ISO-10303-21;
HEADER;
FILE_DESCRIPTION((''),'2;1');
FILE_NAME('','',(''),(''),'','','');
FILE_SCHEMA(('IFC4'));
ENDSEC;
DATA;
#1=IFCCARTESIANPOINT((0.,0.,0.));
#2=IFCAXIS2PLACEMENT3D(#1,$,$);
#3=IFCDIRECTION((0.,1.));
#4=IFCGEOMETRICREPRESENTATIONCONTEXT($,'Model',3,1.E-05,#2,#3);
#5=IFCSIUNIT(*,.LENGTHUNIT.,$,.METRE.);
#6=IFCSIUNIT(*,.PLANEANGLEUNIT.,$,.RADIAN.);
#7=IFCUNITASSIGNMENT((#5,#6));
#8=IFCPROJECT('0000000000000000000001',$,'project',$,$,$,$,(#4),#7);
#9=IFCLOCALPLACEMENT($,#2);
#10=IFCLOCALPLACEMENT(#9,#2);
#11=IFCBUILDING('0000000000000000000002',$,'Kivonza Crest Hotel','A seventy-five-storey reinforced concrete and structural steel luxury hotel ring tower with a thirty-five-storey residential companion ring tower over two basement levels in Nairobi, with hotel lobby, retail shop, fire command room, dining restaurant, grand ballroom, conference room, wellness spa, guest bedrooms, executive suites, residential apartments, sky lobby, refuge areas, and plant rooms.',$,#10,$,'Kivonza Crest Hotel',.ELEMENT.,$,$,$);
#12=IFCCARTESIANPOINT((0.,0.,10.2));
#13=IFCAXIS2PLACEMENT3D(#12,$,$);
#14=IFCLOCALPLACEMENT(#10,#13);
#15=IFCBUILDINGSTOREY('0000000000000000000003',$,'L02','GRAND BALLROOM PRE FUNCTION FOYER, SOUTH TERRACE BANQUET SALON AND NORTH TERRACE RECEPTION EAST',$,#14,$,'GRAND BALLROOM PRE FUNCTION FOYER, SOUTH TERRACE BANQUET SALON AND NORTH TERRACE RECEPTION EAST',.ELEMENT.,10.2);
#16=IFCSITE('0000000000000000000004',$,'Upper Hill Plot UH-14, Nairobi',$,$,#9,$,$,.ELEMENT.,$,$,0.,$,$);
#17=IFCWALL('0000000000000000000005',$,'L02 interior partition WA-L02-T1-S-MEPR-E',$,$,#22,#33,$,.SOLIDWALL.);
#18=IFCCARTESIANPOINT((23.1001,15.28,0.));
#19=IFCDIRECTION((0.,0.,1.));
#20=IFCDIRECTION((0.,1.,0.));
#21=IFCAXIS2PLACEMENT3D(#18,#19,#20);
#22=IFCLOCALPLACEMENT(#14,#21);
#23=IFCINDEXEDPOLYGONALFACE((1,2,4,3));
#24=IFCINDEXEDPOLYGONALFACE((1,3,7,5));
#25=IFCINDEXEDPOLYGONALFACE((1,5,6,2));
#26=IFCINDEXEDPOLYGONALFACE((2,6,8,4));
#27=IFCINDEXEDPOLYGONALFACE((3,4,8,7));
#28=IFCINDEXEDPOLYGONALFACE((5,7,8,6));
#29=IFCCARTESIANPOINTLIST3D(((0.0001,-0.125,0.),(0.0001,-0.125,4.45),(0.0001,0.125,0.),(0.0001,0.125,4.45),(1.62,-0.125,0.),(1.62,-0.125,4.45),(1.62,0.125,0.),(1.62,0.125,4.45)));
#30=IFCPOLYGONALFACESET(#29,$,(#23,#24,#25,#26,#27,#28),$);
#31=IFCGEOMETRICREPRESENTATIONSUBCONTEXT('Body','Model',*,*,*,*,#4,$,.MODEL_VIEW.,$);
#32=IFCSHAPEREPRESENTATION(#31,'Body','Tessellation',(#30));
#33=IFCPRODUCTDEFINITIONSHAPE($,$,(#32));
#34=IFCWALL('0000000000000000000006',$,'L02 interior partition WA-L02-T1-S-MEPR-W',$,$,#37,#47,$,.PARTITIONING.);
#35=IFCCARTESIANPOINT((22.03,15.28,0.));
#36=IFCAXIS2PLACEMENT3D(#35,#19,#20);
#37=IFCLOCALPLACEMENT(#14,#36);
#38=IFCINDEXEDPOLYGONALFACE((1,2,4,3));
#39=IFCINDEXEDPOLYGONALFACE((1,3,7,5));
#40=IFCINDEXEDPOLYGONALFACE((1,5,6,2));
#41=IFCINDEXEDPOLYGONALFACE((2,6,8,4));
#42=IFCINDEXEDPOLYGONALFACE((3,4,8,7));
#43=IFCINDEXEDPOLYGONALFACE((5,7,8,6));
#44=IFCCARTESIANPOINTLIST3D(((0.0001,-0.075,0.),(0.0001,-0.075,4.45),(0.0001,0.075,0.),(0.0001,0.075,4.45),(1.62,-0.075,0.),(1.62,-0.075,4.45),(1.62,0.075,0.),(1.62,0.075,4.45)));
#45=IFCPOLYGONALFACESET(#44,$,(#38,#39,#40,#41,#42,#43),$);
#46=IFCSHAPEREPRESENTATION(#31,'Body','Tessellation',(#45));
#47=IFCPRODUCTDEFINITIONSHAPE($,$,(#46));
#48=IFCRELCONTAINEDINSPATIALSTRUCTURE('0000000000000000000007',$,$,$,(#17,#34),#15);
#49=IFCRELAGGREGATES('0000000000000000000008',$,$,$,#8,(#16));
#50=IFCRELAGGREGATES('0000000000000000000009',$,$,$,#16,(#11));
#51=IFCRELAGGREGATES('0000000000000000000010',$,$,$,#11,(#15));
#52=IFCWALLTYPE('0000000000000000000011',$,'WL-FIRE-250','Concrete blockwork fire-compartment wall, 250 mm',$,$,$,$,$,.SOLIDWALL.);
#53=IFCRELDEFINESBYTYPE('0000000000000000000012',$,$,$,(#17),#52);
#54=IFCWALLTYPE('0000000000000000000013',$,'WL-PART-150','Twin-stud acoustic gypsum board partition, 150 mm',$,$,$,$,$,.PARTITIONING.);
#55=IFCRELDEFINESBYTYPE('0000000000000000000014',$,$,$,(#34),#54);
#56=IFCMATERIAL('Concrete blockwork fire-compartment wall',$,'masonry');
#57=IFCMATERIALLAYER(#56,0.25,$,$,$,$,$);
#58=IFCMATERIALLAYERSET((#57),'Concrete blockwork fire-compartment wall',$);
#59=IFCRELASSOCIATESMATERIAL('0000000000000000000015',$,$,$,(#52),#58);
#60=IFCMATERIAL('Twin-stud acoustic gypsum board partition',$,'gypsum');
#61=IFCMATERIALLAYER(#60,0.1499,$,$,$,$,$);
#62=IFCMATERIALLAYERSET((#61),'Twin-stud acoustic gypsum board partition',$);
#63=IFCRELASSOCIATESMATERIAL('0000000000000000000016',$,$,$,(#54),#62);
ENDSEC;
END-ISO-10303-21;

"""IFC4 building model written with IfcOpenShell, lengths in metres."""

from ifc_helpers import new_model, si_unit, direction, frame, frame_2d, origin, place, context, subcontext, project, spatial, rectangle, extrude, material, layer, layer_set, type_object, element, save


model = new_model("IFC4")

# Units and contexts
model_context = context("Model", 3, precision=1e-05, world=origin(), true_north=direction((0.0, 1.0)))
body_context = subcontext(model_context, "Body", "Model", "MODEL_VIEW")
ifc_project = project(units=[si_unit("LENGTHUNIT", "METRE"), si_unit("PLANEANGLEUNIT", "RADIAN")], contexts=[model_context])

# Site, building, storey
site_placement = place(None, origin())
site = spatial("IfcSite", under=ifc_project, at=site_placement, Name="Upper Hill Plot UH-14, Nairobi", CompositionType="ELEMENT", RefElevation=0.0)
building_placement = place(site_placement, origin())
building = spatial("IfcBuilding", under=site, at=building_placement, Name="Kivonza Crest Hotel", Description="A seventy-five-storey reinforced concrete and structural steel luxury hotel ring tower with a thirty-five-storey residential companion ring tower over two basement levels in Nairobi, with hotel lobby, retail shop, fire command room, dining restaurant, grand ballroom, conference room, wellness spa, guest bedrooms, executive suites, residential apartments, sky lobby, refuge areas, and plant rooms.", LongName="Kivonza Crest Hotel", CompositionType="ELEMENT")
storey_placement = place(building_placement, frame((0.0, 0.0, 10.2)))
storey = spatial("IfcBuildingStorey", under=building, at=storey_placement, Name="L02", Description="GRAND BALLROOM PRE FUNCTION FOYER, SOUTH TERRACE BANQUET SALON AND NORTH TERRACE RECEPTION EAST", LongName="GRAND BALLROOM PRE FUNCTION FOYER, SOUTH TERRACE BANQUET SALON AND NORTH TERRACE RECEPTION EAST", CompositionType="ELEMENT", Elevation=10.2)

# Walls
ifc_material_1 = material(Name="Concrete blockwork fire-compartment wall", Category="masonry")
ifc_layer_1 = layer(ifc_material_1, 0.25)
ifc_layer_set_1 = layer_set([ifc_layer_1], Name="Concrete blockwork fire-compartment wall")
wall_type_1 = type_object("IfcWallType", Name="WL-FIRE-250", Description="Concrete blockwork fire-compartment wall, 250 mm", PredefinedType="SOLIDWALL", material=ifc_layer_set_1)
wall_1_placement = place(storey_placement, frame((23.1001, 15.28, 0.0), z_axis=(0.0, 0.0, 1.0), x_axis=(0.0, 1.0, 0.0)))
element("IfcWall", 1, at=wall_1_placement, inside=storey, type_object=wall_type_1, Name="L02 interior partition WA-L02-T1-S-MEPR-E", PredefinedType="SOLIDWALL", context=body_context, shape_type="SweptSolid", body=[
    extrude(rectangle(XDim=1.6199, YDim=0.25, at=frame_2d((0.8101, 0.0))), origin(), (0.0, 0.0, 1.0), 4.45),
])
ifc_material_2 = material(Name="Twin-stud acoustic gypsum board partition", Category="gypsum")
ifc_layer_2 = layer(ifc_material_2, 0.1499)
ifc_layer_set_2 = layer_set([ifc_layer_2], Name="Twin-stud acoustic gypsum board partition")
wall_type_2 = type_object("IfcWallType", Name="WL-PART-150", Description="Twin-stud acoustic gypsum board partition, 150 mm", PredefinedType="PARTITIONING", material=ifc_layer_set_2)
wall_2_placement = place(storey_placement, frame((22.03, 15.28, 0.0), z_axis=(0.0, 0.0, 1.0), x_axis=(0.0, 1.0, 0.0)))
element("IfcWall", 2, at=wall_2_placement, inside=storey, type_object=wall_type_2, Name="L02 interior partition WA-L02-T1-S-MEPR-W", PredefinedType="PARTITIONING", context=body_context, shape_type="SweptSolid", body=[
    extrude(rectangle(XDim=1.6199, YDim=0.1499, at=frame_2d((0.8101, 0.0))), origin(), (0.0, 0.0, 1.0), 4.45),
])

save(model, "model.ifc")
